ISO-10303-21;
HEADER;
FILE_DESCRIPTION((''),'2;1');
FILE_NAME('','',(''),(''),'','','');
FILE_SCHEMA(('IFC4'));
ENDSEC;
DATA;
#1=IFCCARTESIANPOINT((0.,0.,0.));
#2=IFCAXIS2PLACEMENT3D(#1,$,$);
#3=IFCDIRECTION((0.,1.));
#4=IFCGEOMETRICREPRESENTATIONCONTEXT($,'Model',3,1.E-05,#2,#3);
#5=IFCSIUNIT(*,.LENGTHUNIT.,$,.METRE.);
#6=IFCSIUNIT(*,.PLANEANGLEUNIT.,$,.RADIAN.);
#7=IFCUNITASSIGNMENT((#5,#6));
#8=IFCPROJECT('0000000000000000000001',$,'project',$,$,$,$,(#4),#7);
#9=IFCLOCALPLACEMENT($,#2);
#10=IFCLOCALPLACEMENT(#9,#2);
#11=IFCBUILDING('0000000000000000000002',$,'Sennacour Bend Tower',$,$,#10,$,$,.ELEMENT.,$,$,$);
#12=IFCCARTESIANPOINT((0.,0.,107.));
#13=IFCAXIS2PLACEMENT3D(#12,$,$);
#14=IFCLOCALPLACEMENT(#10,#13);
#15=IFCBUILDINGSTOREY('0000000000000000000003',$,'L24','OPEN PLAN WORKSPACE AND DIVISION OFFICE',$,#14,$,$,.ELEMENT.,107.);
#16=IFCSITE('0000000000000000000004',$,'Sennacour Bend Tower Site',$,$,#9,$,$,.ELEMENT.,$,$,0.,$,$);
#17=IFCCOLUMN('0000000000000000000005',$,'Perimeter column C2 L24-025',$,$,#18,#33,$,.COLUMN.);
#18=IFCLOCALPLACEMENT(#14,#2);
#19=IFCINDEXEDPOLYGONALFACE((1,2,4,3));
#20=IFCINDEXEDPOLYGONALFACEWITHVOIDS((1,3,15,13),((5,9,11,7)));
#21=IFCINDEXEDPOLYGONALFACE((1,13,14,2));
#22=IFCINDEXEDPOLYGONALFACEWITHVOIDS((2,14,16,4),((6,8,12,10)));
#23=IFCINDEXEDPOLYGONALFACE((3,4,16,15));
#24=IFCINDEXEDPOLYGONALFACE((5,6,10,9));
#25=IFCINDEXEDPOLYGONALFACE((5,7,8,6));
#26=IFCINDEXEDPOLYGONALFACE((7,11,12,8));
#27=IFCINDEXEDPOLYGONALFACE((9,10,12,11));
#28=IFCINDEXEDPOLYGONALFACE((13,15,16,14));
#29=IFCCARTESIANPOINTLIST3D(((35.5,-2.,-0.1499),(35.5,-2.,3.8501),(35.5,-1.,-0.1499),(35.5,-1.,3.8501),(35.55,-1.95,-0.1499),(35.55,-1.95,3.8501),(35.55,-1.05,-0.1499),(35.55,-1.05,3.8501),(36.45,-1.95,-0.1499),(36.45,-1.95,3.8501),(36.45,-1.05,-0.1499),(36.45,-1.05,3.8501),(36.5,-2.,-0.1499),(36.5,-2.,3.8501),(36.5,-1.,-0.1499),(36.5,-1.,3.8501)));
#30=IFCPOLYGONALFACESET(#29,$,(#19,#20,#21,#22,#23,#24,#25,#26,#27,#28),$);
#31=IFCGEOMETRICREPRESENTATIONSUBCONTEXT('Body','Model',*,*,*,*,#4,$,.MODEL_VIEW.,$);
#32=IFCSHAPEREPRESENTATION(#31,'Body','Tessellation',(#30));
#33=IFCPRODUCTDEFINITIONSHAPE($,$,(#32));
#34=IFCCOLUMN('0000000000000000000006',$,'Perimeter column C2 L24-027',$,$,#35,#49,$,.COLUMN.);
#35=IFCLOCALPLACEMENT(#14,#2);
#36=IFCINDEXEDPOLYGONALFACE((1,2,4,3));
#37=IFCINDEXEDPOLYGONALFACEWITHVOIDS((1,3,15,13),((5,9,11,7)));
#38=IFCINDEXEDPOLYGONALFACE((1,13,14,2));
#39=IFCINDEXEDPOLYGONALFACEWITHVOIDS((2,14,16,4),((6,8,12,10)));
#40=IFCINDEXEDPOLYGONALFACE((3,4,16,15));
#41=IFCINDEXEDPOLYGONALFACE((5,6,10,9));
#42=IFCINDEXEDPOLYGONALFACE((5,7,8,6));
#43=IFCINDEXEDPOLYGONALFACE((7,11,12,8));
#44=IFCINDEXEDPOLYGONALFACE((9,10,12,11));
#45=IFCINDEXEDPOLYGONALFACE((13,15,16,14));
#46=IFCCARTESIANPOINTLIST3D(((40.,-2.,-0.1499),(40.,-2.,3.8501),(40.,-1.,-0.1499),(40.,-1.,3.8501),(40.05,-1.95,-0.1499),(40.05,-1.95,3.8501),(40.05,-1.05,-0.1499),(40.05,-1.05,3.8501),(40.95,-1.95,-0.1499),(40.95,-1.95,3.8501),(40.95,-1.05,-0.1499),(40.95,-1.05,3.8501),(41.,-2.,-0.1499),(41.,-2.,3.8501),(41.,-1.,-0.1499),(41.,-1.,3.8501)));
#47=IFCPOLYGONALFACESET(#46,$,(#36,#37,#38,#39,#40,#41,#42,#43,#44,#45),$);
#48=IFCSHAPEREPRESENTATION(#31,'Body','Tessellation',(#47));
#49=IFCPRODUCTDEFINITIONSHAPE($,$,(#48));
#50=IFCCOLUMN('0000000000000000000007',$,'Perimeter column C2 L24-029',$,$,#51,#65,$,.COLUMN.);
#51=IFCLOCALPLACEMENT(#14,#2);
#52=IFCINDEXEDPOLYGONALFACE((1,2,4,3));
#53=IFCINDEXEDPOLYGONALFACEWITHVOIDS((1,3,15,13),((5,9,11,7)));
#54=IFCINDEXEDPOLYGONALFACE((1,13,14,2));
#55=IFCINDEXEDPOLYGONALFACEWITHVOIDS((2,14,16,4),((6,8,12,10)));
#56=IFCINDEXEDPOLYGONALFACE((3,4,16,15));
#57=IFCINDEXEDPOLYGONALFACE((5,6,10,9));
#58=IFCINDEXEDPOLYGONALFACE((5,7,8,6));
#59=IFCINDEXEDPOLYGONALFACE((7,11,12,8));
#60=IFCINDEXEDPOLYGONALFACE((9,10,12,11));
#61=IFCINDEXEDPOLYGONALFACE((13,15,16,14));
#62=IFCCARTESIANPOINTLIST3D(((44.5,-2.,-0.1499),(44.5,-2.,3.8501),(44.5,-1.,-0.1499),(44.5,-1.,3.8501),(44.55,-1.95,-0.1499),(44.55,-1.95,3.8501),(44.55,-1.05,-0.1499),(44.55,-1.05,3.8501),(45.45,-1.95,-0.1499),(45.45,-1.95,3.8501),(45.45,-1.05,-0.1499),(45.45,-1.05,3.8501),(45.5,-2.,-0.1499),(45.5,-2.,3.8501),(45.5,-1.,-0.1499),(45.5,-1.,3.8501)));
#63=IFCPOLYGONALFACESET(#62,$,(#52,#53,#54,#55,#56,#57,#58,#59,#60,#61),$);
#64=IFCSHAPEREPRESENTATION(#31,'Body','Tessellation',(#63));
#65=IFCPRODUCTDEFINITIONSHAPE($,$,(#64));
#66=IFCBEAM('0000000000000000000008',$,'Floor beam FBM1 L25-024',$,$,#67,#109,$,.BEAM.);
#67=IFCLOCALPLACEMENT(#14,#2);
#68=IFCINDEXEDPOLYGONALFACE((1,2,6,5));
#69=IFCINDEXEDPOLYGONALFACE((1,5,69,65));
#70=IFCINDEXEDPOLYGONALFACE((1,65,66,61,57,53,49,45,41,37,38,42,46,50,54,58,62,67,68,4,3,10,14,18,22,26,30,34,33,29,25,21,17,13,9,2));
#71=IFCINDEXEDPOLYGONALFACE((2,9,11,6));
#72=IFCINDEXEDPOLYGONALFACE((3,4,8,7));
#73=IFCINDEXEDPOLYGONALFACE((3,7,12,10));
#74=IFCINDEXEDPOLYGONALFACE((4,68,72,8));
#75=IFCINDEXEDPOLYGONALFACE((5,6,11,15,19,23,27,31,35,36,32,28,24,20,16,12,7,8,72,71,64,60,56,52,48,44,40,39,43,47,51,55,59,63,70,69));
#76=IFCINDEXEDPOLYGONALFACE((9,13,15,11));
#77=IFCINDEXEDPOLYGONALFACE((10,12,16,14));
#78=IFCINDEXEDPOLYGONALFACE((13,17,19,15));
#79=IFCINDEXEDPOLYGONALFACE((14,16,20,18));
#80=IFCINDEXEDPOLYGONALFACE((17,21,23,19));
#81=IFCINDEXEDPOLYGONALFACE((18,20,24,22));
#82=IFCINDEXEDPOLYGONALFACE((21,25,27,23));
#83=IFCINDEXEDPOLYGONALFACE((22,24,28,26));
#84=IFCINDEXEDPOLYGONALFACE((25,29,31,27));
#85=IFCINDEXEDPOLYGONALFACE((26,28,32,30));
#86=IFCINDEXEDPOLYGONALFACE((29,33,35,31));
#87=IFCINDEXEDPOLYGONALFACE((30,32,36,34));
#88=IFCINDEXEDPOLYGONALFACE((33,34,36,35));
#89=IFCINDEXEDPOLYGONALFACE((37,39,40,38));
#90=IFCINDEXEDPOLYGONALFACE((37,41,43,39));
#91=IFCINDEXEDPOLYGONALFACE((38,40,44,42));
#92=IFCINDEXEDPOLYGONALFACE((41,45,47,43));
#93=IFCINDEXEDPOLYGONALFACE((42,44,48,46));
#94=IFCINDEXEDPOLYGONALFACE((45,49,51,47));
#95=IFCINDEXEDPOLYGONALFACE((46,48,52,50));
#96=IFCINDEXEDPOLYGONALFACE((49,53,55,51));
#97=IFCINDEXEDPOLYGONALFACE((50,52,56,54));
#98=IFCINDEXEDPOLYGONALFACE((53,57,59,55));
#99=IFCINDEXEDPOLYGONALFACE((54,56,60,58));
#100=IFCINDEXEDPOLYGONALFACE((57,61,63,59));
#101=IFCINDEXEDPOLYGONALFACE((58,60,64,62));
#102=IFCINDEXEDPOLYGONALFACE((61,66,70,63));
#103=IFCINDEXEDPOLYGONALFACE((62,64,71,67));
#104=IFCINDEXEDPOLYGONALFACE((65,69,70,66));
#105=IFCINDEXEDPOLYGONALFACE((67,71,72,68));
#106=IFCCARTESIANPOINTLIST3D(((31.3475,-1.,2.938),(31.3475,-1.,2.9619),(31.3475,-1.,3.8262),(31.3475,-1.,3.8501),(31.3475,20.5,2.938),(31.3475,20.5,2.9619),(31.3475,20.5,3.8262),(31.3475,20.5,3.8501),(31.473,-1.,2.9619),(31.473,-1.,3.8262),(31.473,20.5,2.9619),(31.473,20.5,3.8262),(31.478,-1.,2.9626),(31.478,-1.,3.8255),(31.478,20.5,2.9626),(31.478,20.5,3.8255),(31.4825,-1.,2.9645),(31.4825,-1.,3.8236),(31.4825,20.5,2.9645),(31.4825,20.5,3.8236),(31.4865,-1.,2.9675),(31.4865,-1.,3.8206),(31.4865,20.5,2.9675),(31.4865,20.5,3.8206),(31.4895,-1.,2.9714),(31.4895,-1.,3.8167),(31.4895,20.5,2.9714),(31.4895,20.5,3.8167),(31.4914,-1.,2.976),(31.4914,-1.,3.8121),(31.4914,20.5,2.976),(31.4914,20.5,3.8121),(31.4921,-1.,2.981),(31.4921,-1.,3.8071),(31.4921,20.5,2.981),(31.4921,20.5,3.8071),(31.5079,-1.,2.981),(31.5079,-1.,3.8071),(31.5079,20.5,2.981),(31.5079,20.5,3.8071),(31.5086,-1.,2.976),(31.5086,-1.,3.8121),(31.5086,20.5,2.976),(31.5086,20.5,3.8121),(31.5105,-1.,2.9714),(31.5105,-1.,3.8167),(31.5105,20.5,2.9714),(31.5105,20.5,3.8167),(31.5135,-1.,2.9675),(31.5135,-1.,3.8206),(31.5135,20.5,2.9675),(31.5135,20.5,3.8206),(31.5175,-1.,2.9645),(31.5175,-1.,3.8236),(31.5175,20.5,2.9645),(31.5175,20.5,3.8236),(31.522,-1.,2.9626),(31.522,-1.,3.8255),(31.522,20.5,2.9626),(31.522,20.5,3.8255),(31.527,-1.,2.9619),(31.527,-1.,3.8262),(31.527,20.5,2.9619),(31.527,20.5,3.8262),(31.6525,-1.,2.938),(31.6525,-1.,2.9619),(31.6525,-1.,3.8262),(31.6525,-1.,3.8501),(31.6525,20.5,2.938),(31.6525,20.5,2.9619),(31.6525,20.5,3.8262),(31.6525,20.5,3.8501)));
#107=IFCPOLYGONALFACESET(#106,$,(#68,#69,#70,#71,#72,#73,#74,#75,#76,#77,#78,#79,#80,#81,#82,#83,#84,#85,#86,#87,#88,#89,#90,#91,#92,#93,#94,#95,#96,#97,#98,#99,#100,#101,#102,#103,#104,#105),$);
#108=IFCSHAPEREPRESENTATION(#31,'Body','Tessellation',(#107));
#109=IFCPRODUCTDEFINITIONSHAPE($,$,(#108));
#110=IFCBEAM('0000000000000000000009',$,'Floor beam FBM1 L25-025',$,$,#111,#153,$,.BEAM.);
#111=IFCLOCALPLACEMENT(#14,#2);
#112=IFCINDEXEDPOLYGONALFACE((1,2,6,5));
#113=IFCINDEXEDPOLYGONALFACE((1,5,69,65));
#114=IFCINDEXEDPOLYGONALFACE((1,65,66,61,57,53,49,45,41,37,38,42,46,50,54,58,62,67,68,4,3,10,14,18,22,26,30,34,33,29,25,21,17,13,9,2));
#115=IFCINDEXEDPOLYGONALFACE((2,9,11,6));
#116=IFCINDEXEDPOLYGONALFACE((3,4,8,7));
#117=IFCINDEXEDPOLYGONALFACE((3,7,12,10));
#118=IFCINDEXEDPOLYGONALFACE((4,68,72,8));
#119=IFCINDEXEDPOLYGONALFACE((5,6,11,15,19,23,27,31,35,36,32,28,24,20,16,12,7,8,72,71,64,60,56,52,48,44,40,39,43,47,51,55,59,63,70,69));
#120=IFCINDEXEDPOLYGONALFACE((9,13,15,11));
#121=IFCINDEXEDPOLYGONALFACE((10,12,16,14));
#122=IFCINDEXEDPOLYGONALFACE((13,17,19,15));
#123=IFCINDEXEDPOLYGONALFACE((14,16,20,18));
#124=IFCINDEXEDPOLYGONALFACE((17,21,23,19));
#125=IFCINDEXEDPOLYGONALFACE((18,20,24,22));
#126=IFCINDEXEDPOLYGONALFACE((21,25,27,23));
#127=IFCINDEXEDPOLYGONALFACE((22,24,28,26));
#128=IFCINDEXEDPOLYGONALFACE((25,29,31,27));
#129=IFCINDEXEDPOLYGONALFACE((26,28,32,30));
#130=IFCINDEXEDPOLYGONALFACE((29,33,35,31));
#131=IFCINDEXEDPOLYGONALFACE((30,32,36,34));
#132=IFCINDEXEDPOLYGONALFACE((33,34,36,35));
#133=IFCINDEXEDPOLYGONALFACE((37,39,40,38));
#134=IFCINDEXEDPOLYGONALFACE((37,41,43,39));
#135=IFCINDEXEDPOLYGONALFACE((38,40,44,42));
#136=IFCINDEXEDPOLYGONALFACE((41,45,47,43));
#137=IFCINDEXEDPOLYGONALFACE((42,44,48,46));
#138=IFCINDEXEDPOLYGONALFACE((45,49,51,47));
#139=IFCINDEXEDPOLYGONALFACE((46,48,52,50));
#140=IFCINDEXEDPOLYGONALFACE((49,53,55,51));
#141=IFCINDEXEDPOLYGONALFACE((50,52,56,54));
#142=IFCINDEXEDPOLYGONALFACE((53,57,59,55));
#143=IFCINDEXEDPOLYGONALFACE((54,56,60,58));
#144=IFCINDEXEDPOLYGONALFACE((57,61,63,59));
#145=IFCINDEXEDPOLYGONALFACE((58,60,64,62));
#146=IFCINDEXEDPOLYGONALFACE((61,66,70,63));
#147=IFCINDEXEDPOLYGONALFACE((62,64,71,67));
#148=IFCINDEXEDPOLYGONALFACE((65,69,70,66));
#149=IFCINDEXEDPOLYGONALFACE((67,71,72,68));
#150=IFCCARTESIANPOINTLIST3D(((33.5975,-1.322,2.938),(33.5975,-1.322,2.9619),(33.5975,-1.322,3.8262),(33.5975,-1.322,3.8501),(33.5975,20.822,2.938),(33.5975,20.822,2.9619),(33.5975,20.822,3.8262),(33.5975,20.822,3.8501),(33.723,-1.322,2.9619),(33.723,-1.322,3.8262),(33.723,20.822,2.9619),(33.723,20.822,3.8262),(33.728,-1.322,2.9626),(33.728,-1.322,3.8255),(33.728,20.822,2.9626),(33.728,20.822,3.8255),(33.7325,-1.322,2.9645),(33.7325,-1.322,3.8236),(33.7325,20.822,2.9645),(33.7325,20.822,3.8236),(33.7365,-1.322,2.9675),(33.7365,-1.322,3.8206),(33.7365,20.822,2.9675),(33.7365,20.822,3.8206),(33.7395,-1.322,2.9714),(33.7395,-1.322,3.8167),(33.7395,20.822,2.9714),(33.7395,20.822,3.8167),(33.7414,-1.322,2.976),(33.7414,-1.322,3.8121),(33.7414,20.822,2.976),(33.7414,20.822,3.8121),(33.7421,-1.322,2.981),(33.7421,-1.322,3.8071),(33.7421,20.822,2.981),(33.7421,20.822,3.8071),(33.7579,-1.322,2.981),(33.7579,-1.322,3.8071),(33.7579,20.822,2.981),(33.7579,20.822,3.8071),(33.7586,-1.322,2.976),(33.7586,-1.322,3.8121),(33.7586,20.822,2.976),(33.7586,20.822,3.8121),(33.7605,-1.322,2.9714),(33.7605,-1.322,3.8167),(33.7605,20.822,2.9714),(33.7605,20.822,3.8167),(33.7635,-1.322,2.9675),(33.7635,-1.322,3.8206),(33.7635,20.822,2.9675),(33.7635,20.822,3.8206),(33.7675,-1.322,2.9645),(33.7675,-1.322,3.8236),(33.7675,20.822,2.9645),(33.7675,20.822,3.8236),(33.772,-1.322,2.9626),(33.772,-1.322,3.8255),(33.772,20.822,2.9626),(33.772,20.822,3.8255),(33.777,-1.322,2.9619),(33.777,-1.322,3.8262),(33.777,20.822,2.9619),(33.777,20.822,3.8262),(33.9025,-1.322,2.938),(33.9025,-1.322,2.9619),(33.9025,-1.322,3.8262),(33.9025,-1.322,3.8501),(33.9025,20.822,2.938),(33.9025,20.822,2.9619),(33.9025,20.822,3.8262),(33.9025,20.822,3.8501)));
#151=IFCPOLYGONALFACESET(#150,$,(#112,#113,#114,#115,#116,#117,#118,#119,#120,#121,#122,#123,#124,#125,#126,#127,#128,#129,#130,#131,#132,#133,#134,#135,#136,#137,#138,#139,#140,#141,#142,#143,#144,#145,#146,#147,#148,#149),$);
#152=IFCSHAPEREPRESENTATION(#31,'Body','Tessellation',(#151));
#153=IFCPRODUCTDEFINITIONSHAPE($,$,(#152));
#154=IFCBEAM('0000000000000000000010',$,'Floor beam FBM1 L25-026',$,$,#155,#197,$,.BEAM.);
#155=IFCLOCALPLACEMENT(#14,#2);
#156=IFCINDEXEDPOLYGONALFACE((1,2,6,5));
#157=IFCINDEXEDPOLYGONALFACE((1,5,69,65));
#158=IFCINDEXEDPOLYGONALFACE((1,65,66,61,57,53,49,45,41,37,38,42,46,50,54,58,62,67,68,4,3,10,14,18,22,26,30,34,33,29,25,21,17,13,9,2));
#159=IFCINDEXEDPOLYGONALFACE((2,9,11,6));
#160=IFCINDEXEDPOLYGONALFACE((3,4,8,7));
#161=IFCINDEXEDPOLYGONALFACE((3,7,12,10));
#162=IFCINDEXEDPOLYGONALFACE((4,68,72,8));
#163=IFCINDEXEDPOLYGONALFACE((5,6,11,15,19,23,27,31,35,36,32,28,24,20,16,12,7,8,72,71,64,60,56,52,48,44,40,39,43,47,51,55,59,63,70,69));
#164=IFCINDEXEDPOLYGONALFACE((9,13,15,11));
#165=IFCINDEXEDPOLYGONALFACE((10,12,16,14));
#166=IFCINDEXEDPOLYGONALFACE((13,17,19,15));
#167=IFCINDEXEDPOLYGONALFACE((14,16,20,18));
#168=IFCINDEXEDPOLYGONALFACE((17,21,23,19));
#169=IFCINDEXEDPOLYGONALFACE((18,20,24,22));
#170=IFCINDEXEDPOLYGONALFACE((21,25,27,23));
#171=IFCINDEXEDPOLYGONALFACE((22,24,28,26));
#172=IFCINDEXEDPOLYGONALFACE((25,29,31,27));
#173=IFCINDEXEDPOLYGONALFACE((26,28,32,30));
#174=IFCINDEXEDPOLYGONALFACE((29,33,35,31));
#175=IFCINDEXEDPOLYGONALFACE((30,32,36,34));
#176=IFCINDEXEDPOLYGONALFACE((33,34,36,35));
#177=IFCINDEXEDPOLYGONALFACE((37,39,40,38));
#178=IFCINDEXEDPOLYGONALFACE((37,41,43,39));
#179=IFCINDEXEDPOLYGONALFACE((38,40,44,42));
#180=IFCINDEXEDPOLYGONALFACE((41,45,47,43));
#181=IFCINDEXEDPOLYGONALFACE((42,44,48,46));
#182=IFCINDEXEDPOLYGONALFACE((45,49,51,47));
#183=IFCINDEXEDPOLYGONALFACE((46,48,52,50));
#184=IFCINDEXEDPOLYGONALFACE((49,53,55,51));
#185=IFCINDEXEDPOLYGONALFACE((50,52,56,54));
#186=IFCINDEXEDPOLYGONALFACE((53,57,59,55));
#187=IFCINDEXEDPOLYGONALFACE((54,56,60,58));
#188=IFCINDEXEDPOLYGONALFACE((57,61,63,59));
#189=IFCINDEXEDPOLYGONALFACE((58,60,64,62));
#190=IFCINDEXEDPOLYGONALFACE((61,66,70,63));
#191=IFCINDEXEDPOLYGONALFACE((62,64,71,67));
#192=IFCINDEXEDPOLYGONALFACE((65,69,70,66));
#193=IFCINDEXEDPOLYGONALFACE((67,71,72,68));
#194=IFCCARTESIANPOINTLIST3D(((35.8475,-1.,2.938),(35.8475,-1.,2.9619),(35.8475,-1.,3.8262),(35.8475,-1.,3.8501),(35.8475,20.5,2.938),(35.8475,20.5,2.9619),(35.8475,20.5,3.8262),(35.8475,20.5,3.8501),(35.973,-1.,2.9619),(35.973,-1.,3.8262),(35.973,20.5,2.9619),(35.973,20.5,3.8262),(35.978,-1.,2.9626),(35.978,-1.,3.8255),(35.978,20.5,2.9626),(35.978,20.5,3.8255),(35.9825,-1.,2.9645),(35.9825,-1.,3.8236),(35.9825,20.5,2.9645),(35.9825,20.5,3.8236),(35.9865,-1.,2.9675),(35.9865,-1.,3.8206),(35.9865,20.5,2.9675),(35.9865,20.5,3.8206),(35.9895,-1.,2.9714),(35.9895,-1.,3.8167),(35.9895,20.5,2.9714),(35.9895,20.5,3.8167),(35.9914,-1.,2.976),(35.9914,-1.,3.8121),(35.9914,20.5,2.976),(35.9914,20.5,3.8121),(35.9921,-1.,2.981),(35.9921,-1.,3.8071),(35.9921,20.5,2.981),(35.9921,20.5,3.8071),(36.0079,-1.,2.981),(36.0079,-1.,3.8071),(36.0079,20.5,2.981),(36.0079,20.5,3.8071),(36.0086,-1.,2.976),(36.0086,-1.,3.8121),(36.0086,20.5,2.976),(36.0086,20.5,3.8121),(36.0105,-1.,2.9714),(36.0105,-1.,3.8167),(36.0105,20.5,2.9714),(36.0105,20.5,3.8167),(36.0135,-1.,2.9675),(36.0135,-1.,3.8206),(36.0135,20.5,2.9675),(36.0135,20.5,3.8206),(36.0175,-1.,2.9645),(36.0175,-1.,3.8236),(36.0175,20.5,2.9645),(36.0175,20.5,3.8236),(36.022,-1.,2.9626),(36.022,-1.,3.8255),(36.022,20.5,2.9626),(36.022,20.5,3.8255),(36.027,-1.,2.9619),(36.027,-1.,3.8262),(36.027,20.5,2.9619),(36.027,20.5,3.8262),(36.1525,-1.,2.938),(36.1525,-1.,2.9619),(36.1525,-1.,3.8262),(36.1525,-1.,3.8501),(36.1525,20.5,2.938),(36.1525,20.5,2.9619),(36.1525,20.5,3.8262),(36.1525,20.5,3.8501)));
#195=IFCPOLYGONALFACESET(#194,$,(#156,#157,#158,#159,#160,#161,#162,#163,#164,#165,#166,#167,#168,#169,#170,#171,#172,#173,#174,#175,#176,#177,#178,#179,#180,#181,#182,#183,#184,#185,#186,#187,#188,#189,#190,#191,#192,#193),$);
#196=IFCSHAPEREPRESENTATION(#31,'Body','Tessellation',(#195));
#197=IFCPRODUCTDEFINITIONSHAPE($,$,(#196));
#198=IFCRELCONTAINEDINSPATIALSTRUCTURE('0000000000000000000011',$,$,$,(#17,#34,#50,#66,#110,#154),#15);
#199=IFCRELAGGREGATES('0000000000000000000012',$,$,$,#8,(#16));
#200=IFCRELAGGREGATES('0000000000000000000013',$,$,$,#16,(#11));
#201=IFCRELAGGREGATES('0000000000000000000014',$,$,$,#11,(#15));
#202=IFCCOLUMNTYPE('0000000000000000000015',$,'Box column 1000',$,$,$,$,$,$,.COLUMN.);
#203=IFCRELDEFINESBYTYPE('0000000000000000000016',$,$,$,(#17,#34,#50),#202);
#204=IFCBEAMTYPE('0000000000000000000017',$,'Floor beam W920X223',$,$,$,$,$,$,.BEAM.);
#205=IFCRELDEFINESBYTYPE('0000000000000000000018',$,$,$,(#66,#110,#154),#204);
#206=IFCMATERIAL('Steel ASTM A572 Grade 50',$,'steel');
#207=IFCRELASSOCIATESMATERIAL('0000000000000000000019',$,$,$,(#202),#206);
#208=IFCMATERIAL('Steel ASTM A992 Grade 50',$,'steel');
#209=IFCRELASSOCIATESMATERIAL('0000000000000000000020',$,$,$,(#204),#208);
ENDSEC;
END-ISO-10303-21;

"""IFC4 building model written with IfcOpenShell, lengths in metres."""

from ifc_helpers import new_model, si_unit, direction, frame, origin, origin_2d, place, context, subcontext, project, spatial, hollow_rectangle, i_section, extrude, material, material_profile, profile_set, type_object, element, save


model = new_model("IFC4")

# Units and contexts
model_context = context("Model", 3, precision=1e-05, world=origin(), true_north=direction((0.0, 1.0)))
body_context = subcontext(model_context, "Body", "Model", "MODEL_VIEW")
ifc_project = project(units=[si_unit("LENGTHUNIT", "METRE"), si_unit("PLANEANGLEUNIT", "RADIAN")], contexts=[model_context])

# Site, building, storey
site_placement = place(None, origin())
site = spatial("IfcSite", under=ifc_project, at=site_placement, Name="Sennacour Bend Tower Site", CompositionType="ELEMENT", RefElevation=0.0)
building_placement = place(site_placement, origin())
building = spatial("IfcBuilding", under=site, at=building_placement, Name="Sennacour Bend Tower", CompositionType="ELEMENT")
storey_placement = place(building_placement, frame((0.0, 0.0, 107.0)))
storey = spatial("IfcBuildingStorey", under=building, at=storey_placement, Name="L24", Description="OPEN PLAN WORKSPACE AND DIVISION OFFICE", CompositionType="ELEMENT", Elevation=107.0)

# Columns
ifc_material_1 = material(Name="Steel ASTM A572 Grade 50", Category="steel")
ifc_material_profile_1 = material_profile(ifc_material_1, hollow_rectangle(XDim=1.0, YDim=1.0, WallThickness=0.05, at=origin_2d()), Name="Steel ASTM A572 Grade 50", Category="steel")
ifc_profile_set_1 = profile_set([ifc_material_profile_1], Name="Steel ASTM A572 Grade 50")
column_type = type_object("IfcColumnType", Name="Box column 1000", PredefinedType="COLUMN", material=ifc_profile_set_1)
for number, where, z_axis, x_axis, name in (
    (1, (36.0, -1.5, -0.1499), (0.0, 0.0, 1.0), (1.0, 0.0, 0.0), "Perimeter column C2 L24-025"),
    (2, (40.5, -1.5, -0.1499), (0.0, 0.0, 1.0), (1.0, 0.0, 0.0), "Perimeter column C2 L24-027"),
    (3, (45.0, -1.5, -0.1499), (0.0, 0.0, 1.0), (1.0, 0.0, 0.0), "Perimeter column C2 L24-029"),
):
    element("IfcColumn", number, at=place(storey_placement, frame(where, z_axis=z_axis, x_axis=x_axis)), inside=storey, type_object=column_type, Name=name, PredefinedType="COLUMN", context=body_context, shape_type="SweptSolid", body=[
        extrude(hollow_rectangle(XDim=1.0, YDim=1.0, WallThickness=0.05, at=origin_2d()), origin(), (0.0, 0.0, 1.0), 4.0),
    ])

# Beams
ifc_material_2 = material(Name="Steel ASTM A992 Grade 50", Category="steel")
ifc_material_profile_2 = material_profile(ifc_material_2, i_section(OverallWidth=0.3049, OverallDepth=0.9121, WebThickness=0.0159, FlangeThickness=0.0239, FilletRadius=0.019, at=origin_2d()), Name="Steel ASTM A992 Grade 50", Category="steel")
ifc_profile_set_2 = profile_set([ifc_material_profile_2], Name="Steel ASTM A992 Grade 50")
beam_type_1 = type_object("IfcBeamType", Name="Floor beam W920X223", PredefinedType="BEAM", material=ifc_profile_set_2)
beam_1_placement = place(storey_placement, frame((31.5, -1.0, 3.394), z_axis=(0.0, 1.0, 0.0), x_axis=(-1.0, 0.0, 0.0)))
element("IfcBeam", 4, at=beam_1_placement, inside=storey, type_object=beam_type_1, Name="Floor beam FBM1 L25-024", PredefinedType="BEAM", context=body_context, shape_type="SweptSolid", body=[
    extrude(i_section(OverallWidth=0.3049, OverallDepth=0.9121, WebThickness=0.0159, FlangeThickness=0.0239, FilletRadius=0.019, at=origin_2d()), origin(), (0.0, 0.0, 1.0), 21.5),
])
beam_2_placement = place(storey_placement, frame((33.75, -1.322, 3.394), z_axis=(0.0, 1.0, 0.0), x_axis=(-1.0, 0.0, 0.0)))
element("IfcBeam", 5, at=beam_2_placement, inside=storey, type_object=beam_type_1, Name="Floor beam FBM1 L25-025", PredefinedType="BEAM", context=body_context, shape_type="SweptSolid", body=[
    extrude(i_section(OverallWidth=0.3049, OverallDepth=0.9121, WebThickness=0.0159, FlangeThickness=0.0239, FilletRadius=0.019, at=origin_2d()), origin(), (0.0, 0.0, 1.0), 22.144),
])
beam_3_placement = place(storey_placement, frame((36.0, -1.0, 3.394), z_axis=(0.0, 1.0, 0.0), x_axis=(-1.0, 0.0, 0.0)))
element("IfcBeam", 6, at=beam_3_placement, inside=storey, type_object=beam_type_1, Name="Floor beam FBM1 L25-026", PredefinedType="BEAM", context=body_context, shape_type="SweptSolid", body=[
    extrude(i_section(OverallWidth=0.3049, OverallDepth=0.9121, WebThickness=0.0159, FlangeThickness=0.0239, FilletRadius=0.019, at=origin_2d()), origin(), (0.0, 0.0, 1.0), 21.5),
])

save(model, "model.ifc")
